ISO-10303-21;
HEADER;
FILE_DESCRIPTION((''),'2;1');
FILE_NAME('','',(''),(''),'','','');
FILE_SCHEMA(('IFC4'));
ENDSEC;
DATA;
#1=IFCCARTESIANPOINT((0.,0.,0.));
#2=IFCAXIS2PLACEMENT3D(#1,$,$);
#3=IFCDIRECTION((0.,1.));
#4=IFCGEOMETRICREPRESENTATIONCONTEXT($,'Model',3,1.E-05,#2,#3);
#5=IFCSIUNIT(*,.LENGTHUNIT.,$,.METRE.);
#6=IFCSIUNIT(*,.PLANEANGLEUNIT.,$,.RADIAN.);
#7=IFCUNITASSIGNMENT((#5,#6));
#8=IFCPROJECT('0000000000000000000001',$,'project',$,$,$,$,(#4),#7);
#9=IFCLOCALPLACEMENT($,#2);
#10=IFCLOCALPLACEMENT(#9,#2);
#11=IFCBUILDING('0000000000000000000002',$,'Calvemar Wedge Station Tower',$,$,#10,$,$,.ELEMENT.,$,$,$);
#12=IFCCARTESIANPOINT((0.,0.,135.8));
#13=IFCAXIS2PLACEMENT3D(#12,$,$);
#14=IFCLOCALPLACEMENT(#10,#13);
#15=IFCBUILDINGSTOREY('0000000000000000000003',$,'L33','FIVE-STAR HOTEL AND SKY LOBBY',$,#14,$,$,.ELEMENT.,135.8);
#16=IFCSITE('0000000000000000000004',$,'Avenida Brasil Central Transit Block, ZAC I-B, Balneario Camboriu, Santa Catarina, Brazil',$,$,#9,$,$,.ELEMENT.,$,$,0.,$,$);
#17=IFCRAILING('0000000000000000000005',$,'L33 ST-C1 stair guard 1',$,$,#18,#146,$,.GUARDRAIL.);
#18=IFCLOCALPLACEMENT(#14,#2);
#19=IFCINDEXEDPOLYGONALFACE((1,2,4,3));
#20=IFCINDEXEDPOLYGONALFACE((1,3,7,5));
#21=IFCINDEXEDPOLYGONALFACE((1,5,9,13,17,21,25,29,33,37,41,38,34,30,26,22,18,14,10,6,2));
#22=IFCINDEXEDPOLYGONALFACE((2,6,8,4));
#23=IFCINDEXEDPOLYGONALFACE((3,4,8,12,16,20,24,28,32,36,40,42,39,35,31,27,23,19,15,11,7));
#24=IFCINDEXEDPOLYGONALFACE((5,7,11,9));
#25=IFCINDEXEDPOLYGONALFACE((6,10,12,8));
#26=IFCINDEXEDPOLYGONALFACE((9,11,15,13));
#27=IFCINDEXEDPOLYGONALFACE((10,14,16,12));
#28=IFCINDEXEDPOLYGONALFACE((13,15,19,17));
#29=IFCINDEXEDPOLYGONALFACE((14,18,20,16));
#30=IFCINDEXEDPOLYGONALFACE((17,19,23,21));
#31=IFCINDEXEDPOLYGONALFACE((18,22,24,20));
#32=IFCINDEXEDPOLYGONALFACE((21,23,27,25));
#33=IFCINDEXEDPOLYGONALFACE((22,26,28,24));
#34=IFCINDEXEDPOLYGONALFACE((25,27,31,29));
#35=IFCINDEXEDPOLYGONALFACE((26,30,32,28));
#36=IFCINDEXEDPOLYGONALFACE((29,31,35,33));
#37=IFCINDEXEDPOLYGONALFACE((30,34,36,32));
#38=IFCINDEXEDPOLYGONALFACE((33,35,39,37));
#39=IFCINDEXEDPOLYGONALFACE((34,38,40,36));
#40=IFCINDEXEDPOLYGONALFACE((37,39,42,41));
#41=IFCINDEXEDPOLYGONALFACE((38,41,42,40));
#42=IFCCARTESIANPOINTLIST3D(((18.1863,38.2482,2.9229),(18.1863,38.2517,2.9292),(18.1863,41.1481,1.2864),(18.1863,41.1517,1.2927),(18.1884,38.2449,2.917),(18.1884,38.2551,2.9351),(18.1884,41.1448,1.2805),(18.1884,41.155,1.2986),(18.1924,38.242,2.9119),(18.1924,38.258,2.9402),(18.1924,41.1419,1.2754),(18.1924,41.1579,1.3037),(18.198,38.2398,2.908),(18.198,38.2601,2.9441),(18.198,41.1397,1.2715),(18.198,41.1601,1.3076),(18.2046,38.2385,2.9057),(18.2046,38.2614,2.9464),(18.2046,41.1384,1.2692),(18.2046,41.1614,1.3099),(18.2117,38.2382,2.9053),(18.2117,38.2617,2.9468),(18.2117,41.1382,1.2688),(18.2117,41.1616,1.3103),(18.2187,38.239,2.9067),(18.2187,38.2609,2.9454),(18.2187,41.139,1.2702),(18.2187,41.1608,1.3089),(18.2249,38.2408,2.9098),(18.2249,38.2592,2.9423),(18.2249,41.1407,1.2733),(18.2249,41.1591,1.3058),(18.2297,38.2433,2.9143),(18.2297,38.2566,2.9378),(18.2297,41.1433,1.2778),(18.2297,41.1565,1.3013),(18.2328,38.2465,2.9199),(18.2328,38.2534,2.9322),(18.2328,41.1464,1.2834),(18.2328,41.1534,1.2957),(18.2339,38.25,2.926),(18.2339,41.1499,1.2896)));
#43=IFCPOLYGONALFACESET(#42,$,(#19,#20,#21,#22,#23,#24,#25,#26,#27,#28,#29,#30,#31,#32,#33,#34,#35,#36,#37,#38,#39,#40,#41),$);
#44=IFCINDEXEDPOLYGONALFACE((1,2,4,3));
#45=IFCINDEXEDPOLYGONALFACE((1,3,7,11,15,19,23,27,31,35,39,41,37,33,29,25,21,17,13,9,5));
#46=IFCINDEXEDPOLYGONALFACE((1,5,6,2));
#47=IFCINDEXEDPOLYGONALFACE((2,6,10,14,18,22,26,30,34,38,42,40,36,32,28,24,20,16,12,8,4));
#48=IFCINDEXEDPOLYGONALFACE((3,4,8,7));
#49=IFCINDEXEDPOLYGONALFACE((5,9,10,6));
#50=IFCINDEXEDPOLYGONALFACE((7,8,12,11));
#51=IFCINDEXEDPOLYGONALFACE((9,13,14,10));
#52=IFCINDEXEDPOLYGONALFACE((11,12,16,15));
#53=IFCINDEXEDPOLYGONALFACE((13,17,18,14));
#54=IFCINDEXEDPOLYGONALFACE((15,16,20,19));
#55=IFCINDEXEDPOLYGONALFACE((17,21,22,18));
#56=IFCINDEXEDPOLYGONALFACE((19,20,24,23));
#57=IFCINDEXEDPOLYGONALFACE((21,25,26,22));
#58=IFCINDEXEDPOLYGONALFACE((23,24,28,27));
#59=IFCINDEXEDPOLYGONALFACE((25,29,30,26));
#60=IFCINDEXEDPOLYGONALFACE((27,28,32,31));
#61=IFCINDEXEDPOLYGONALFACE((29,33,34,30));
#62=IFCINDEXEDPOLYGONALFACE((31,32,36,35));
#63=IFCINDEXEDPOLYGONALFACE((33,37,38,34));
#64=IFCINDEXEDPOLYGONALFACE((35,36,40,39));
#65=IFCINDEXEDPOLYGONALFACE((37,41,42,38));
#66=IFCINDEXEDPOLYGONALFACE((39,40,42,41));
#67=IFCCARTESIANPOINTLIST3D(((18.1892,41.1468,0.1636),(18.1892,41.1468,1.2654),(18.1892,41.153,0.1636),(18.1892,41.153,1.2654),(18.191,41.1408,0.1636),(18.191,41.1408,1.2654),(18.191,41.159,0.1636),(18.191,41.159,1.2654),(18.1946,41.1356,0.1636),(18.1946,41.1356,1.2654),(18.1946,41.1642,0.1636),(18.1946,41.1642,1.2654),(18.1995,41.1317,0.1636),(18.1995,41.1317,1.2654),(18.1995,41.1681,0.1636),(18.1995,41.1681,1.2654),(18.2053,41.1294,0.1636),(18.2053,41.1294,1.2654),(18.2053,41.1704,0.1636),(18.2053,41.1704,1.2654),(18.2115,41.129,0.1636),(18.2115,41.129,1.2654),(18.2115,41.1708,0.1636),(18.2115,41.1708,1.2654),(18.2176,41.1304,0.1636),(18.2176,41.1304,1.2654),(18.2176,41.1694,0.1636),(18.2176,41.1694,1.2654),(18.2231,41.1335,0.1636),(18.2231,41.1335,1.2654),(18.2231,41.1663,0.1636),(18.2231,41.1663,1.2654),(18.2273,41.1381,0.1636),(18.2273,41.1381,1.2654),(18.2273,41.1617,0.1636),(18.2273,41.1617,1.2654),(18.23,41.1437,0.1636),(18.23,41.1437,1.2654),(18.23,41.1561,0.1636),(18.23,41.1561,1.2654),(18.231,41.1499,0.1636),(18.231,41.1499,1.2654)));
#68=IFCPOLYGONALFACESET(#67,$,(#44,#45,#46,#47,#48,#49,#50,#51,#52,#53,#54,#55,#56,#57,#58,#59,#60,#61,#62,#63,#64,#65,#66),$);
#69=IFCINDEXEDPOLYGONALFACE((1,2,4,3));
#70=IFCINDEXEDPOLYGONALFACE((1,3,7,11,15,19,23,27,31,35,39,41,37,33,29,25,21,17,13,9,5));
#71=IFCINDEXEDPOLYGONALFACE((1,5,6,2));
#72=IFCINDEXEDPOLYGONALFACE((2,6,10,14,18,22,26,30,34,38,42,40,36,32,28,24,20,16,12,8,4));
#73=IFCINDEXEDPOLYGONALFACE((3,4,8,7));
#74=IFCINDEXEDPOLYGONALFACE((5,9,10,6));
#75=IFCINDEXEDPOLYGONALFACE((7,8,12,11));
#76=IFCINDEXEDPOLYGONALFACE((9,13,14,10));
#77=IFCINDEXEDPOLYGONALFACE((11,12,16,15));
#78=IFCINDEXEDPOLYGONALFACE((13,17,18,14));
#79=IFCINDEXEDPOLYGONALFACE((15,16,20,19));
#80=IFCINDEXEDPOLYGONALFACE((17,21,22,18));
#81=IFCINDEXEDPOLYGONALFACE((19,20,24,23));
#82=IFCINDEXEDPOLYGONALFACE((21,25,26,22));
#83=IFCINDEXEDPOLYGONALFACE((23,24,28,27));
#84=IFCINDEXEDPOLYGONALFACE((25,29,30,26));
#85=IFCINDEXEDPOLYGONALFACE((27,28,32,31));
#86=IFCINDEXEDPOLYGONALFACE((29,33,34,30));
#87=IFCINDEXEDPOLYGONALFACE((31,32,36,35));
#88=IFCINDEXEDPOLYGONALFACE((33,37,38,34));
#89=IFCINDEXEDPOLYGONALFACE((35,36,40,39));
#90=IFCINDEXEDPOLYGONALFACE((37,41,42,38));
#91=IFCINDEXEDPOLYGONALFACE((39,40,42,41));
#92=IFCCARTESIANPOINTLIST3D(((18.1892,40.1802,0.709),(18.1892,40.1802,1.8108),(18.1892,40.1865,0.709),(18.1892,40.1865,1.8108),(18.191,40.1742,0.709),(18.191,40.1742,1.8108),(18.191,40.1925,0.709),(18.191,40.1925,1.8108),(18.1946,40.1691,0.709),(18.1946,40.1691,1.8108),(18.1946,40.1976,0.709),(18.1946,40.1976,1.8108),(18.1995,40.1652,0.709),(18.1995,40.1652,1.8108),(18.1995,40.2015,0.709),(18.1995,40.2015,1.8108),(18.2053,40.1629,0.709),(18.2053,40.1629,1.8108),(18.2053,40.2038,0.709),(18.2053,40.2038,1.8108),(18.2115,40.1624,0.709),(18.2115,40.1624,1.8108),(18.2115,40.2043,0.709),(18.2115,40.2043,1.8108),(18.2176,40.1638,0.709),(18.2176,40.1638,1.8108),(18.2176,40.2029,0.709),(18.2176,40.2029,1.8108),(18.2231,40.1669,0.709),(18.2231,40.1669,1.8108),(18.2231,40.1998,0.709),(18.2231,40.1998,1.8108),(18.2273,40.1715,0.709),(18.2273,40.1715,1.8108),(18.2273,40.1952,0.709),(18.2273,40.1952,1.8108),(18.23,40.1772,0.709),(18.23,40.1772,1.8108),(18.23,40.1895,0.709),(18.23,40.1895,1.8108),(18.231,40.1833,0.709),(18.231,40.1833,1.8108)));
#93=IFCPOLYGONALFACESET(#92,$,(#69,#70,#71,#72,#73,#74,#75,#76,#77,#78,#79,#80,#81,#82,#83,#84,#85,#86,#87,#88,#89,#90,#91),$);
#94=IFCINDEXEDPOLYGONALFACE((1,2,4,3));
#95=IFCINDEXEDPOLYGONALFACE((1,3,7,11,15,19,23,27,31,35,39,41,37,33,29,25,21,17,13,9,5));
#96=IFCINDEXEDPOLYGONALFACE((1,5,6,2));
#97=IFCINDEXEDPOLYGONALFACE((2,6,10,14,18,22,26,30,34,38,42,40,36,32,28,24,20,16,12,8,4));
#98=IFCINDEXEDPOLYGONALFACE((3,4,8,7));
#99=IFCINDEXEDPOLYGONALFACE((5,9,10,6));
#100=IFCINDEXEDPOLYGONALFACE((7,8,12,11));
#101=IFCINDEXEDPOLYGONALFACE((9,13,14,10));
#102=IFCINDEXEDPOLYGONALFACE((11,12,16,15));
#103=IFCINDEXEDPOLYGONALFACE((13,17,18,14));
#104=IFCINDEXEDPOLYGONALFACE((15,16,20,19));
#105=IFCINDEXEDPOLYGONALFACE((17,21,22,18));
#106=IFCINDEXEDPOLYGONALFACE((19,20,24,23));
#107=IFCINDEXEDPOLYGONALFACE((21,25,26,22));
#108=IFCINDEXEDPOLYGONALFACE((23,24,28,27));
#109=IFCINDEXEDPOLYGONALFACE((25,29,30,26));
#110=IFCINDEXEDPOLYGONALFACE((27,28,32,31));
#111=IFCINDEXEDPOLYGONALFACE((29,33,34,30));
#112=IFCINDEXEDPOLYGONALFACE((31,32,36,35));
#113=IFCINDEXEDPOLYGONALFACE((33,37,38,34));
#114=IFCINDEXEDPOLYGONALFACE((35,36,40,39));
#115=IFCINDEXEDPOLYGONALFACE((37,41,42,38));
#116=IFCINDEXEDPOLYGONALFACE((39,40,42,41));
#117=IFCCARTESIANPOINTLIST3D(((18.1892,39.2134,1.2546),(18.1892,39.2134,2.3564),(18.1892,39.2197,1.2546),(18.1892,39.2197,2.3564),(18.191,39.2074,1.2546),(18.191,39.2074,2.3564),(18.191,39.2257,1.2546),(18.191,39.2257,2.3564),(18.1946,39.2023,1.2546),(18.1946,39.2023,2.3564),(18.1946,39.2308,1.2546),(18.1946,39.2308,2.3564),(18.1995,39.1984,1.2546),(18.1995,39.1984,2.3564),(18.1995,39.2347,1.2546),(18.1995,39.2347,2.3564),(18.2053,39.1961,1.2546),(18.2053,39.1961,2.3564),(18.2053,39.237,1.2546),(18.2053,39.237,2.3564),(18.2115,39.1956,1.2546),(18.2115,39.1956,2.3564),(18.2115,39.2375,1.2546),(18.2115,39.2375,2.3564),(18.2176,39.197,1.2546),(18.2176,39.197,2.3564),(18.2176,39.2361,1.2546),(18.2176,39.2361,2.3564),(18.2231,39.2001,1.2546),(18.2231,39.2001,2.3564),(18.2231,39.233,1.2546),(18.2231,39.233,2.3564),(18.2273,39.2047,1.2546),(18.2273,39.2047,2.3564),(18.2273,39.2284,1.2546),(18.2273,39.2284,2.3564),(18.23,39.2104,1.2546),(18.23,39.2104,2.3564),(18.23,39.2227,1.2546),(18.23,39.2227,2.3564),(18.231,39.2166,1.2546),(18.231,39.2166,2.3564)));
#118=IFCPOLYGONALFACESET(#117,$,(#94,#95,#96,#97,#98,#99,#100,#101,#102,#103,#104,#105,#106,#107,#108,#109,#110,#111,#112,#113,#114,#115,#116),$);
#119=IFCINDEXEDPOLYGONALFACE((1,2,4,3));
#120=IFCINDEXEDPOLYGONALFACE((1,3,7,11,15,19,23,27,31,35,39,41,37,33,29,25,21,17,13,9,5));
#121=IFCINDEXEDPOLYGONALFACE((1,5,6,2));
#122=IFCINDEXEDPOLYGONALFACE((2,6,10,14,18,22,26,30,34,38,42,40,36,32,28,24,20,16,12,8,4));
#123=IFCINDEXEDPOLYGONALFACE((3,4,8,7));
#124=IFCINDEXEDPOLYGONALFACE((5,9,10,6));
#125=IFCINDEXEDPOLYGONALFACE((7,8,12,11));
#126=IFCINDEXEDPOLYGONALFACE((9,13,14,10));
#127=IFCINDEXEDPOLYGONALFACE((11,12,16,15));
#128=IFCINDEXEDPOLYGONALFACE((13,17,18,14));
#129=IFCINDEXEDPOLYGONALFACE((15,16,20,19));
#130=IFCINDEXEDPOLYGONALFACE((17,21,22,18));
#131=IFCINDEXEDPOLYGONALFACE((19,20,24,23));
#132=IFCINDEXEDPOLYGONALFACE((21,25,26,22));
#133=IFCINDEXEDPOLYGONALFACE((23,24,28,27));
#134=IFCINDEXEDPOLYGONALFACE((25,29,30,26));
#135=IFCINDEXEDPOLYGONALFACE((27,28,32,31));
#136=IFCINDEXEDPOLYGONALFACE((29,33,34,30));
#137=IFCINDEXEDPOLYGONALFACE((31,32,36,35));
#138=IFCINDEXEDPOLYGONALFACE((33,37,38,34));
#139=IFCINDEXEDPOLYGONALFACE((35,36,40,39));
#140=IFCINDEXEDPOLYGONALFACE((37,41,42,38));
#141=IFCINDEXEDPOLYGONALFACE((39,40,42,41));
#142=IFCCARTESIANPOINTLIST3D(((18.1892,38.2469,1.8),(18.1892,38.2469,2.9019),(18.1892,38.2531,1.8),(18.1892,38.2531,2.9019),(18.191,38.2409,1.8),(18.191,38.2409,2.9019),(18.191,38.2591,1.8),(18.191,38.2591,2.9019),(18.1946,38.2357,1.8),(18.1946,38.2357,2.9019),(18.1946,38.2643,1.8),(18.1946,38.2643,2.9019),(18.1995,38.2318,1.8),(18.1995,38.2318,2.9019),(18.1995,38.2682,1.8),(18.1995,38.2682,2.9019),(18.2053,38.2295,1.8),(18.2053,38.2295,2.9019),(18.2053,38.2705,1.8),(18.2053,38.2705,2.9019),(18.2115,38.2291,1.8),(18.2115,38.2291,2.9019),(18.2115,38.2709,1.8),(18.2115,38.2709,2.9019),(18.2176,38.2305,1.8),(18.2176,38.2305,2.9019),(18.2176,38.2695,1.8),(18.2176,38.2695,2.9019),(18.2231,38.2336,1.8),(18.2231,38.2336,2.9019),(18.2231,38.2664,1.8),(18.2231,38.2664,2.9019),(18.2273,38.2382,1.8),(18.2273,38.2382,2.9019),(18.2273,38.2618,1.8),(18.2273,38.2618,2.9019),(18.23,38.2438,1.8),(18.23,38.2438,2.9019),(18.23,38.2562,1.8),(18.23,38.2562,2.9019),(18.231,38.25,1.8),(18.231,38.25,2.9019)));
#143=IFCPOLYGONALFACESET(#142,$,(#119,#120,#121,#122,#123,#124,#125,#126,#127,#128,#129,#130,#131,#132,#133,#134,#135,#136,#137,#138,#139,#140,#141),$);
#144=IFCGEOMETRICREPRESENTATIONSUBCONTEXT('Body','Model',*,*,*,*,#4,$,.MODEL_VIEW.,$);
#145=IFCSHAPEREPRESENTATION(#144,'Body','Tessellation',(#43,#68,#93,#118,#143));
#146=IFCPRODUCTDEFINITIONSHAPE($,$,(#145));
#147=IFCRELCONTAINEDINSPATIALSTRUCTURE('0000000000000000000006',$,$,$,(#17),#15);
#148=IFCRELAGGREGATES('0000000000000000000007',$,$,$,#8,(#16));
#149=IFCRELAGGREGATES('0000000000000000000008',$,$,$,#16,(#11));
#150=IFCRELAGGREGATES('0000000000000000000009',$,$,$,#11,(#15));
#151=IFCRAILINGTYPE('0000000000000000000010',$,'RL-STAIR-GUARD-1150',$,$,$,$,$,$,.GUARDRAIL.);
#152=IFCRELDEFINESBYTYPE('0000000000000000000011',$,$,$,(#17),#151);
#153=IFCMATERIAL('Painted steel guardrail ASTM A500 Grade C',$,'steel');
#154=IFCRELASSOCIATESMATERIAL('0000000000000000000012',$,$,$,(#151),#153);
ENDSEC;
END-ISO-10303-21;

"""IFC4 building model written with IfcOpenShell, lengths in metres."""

from ifc_helpers import new_model, si_unit, direction, frame, origin, origin_2d, place, context, subcontext, project, spatial, circle, extrude, material, type_object, element, save


model = new_model("IFC4")

# Units and contexts
model_context = context("Model", 3, precision=1e-05, world=origin(), true_north=direction((0.0, 1.0)))
body_context = subcontext(model_context, "Body", "Model", "MODEL_VIEW")
ifc_project = project(units=[si_unit("LENGTHUNIT", "METRE"), si_unit("PLANEANGLEUNIT", "RADIAN")], contexts=[model_context])

# Site, building, storey
site_placement = place(None, origin())
site = spatial("IfcSite", under=ifc_project, at=site_placement, Name="Avenida Brasil Central Transit Block, ZAC I-B, Balneario Camboriu, Santa Catarina, Brazil", CompositionType="ELEMENT", RefElevation=0.0)
building_placement = place(site_placement, origin())
building = spatial("IfcBuilding", under=site, at=building_placement, Name="Calvemar Wedge Station Tower", CompositionType="ELEMENT")
storey_placement = place(building_placement, frame((0.0, 0.0, 135.8)))
storey = spatial("IfcBuildingStorey", under=building, at=storey_placement, Name="L33", Description="FIVE-STAR HOTEL AND SKY LOBBY", CompositionType="ELEMENT", Elevation=135.8)

# Railing
ifc_material_1 = material(Name="Painted steel guardrail ASTM A500 Grade C", Category="steel")
railing_type = type_object("IfcRailingType", Name="RL-STAIR-GUARD-1150", PredefinedType="GUARDRAIL", material=ifc_material_1)
railing_1_placement = place(storey_placement, frame((18.21, 41.1499, 0.1636)))
element("IfcRailing", 1, at=railing_1_placement, inside=storey, type_object=railing_type, Name="L33 ST-C1 stair guard 1", PredefinedType="GUARDRAIL", context=body_context, shape_type="SweptSolid", body=[
    extrude(circle(Radius=0.0239, at=origin_2d()), frame((0.0, 0.0, 1.126), z_axis=(0.0, -0.870897, 0.491465), x_axis=(1.0, 0.0, 0.0)), (0.0, 0.0, 1.0), 3.3298),
    extrude(circle(Radius=0.021, at=origin_2d()), origin(), (0.0, 0.0, 1.0), 1.1018),
    extrude(circle(Radius=0.021, at=origin_2d()), frame((0.0, -0.9666, 0.5454)), (0.0, 0.0, 1.0), 1.1018),
    extrude(circle(Radius=0.021, at=origin_2d()), frame((0.0, -1.9333, 1.0911)), (0.0, 0.0, 1.0), 1.1018),
    extrude(circle(Radius=0.021, at=origin_2d()), frame((0.0, -2.8999, 1.6365)), (0.0, 0.0, 1.0), 1.1018),
])

save(model, "model.ifc")
